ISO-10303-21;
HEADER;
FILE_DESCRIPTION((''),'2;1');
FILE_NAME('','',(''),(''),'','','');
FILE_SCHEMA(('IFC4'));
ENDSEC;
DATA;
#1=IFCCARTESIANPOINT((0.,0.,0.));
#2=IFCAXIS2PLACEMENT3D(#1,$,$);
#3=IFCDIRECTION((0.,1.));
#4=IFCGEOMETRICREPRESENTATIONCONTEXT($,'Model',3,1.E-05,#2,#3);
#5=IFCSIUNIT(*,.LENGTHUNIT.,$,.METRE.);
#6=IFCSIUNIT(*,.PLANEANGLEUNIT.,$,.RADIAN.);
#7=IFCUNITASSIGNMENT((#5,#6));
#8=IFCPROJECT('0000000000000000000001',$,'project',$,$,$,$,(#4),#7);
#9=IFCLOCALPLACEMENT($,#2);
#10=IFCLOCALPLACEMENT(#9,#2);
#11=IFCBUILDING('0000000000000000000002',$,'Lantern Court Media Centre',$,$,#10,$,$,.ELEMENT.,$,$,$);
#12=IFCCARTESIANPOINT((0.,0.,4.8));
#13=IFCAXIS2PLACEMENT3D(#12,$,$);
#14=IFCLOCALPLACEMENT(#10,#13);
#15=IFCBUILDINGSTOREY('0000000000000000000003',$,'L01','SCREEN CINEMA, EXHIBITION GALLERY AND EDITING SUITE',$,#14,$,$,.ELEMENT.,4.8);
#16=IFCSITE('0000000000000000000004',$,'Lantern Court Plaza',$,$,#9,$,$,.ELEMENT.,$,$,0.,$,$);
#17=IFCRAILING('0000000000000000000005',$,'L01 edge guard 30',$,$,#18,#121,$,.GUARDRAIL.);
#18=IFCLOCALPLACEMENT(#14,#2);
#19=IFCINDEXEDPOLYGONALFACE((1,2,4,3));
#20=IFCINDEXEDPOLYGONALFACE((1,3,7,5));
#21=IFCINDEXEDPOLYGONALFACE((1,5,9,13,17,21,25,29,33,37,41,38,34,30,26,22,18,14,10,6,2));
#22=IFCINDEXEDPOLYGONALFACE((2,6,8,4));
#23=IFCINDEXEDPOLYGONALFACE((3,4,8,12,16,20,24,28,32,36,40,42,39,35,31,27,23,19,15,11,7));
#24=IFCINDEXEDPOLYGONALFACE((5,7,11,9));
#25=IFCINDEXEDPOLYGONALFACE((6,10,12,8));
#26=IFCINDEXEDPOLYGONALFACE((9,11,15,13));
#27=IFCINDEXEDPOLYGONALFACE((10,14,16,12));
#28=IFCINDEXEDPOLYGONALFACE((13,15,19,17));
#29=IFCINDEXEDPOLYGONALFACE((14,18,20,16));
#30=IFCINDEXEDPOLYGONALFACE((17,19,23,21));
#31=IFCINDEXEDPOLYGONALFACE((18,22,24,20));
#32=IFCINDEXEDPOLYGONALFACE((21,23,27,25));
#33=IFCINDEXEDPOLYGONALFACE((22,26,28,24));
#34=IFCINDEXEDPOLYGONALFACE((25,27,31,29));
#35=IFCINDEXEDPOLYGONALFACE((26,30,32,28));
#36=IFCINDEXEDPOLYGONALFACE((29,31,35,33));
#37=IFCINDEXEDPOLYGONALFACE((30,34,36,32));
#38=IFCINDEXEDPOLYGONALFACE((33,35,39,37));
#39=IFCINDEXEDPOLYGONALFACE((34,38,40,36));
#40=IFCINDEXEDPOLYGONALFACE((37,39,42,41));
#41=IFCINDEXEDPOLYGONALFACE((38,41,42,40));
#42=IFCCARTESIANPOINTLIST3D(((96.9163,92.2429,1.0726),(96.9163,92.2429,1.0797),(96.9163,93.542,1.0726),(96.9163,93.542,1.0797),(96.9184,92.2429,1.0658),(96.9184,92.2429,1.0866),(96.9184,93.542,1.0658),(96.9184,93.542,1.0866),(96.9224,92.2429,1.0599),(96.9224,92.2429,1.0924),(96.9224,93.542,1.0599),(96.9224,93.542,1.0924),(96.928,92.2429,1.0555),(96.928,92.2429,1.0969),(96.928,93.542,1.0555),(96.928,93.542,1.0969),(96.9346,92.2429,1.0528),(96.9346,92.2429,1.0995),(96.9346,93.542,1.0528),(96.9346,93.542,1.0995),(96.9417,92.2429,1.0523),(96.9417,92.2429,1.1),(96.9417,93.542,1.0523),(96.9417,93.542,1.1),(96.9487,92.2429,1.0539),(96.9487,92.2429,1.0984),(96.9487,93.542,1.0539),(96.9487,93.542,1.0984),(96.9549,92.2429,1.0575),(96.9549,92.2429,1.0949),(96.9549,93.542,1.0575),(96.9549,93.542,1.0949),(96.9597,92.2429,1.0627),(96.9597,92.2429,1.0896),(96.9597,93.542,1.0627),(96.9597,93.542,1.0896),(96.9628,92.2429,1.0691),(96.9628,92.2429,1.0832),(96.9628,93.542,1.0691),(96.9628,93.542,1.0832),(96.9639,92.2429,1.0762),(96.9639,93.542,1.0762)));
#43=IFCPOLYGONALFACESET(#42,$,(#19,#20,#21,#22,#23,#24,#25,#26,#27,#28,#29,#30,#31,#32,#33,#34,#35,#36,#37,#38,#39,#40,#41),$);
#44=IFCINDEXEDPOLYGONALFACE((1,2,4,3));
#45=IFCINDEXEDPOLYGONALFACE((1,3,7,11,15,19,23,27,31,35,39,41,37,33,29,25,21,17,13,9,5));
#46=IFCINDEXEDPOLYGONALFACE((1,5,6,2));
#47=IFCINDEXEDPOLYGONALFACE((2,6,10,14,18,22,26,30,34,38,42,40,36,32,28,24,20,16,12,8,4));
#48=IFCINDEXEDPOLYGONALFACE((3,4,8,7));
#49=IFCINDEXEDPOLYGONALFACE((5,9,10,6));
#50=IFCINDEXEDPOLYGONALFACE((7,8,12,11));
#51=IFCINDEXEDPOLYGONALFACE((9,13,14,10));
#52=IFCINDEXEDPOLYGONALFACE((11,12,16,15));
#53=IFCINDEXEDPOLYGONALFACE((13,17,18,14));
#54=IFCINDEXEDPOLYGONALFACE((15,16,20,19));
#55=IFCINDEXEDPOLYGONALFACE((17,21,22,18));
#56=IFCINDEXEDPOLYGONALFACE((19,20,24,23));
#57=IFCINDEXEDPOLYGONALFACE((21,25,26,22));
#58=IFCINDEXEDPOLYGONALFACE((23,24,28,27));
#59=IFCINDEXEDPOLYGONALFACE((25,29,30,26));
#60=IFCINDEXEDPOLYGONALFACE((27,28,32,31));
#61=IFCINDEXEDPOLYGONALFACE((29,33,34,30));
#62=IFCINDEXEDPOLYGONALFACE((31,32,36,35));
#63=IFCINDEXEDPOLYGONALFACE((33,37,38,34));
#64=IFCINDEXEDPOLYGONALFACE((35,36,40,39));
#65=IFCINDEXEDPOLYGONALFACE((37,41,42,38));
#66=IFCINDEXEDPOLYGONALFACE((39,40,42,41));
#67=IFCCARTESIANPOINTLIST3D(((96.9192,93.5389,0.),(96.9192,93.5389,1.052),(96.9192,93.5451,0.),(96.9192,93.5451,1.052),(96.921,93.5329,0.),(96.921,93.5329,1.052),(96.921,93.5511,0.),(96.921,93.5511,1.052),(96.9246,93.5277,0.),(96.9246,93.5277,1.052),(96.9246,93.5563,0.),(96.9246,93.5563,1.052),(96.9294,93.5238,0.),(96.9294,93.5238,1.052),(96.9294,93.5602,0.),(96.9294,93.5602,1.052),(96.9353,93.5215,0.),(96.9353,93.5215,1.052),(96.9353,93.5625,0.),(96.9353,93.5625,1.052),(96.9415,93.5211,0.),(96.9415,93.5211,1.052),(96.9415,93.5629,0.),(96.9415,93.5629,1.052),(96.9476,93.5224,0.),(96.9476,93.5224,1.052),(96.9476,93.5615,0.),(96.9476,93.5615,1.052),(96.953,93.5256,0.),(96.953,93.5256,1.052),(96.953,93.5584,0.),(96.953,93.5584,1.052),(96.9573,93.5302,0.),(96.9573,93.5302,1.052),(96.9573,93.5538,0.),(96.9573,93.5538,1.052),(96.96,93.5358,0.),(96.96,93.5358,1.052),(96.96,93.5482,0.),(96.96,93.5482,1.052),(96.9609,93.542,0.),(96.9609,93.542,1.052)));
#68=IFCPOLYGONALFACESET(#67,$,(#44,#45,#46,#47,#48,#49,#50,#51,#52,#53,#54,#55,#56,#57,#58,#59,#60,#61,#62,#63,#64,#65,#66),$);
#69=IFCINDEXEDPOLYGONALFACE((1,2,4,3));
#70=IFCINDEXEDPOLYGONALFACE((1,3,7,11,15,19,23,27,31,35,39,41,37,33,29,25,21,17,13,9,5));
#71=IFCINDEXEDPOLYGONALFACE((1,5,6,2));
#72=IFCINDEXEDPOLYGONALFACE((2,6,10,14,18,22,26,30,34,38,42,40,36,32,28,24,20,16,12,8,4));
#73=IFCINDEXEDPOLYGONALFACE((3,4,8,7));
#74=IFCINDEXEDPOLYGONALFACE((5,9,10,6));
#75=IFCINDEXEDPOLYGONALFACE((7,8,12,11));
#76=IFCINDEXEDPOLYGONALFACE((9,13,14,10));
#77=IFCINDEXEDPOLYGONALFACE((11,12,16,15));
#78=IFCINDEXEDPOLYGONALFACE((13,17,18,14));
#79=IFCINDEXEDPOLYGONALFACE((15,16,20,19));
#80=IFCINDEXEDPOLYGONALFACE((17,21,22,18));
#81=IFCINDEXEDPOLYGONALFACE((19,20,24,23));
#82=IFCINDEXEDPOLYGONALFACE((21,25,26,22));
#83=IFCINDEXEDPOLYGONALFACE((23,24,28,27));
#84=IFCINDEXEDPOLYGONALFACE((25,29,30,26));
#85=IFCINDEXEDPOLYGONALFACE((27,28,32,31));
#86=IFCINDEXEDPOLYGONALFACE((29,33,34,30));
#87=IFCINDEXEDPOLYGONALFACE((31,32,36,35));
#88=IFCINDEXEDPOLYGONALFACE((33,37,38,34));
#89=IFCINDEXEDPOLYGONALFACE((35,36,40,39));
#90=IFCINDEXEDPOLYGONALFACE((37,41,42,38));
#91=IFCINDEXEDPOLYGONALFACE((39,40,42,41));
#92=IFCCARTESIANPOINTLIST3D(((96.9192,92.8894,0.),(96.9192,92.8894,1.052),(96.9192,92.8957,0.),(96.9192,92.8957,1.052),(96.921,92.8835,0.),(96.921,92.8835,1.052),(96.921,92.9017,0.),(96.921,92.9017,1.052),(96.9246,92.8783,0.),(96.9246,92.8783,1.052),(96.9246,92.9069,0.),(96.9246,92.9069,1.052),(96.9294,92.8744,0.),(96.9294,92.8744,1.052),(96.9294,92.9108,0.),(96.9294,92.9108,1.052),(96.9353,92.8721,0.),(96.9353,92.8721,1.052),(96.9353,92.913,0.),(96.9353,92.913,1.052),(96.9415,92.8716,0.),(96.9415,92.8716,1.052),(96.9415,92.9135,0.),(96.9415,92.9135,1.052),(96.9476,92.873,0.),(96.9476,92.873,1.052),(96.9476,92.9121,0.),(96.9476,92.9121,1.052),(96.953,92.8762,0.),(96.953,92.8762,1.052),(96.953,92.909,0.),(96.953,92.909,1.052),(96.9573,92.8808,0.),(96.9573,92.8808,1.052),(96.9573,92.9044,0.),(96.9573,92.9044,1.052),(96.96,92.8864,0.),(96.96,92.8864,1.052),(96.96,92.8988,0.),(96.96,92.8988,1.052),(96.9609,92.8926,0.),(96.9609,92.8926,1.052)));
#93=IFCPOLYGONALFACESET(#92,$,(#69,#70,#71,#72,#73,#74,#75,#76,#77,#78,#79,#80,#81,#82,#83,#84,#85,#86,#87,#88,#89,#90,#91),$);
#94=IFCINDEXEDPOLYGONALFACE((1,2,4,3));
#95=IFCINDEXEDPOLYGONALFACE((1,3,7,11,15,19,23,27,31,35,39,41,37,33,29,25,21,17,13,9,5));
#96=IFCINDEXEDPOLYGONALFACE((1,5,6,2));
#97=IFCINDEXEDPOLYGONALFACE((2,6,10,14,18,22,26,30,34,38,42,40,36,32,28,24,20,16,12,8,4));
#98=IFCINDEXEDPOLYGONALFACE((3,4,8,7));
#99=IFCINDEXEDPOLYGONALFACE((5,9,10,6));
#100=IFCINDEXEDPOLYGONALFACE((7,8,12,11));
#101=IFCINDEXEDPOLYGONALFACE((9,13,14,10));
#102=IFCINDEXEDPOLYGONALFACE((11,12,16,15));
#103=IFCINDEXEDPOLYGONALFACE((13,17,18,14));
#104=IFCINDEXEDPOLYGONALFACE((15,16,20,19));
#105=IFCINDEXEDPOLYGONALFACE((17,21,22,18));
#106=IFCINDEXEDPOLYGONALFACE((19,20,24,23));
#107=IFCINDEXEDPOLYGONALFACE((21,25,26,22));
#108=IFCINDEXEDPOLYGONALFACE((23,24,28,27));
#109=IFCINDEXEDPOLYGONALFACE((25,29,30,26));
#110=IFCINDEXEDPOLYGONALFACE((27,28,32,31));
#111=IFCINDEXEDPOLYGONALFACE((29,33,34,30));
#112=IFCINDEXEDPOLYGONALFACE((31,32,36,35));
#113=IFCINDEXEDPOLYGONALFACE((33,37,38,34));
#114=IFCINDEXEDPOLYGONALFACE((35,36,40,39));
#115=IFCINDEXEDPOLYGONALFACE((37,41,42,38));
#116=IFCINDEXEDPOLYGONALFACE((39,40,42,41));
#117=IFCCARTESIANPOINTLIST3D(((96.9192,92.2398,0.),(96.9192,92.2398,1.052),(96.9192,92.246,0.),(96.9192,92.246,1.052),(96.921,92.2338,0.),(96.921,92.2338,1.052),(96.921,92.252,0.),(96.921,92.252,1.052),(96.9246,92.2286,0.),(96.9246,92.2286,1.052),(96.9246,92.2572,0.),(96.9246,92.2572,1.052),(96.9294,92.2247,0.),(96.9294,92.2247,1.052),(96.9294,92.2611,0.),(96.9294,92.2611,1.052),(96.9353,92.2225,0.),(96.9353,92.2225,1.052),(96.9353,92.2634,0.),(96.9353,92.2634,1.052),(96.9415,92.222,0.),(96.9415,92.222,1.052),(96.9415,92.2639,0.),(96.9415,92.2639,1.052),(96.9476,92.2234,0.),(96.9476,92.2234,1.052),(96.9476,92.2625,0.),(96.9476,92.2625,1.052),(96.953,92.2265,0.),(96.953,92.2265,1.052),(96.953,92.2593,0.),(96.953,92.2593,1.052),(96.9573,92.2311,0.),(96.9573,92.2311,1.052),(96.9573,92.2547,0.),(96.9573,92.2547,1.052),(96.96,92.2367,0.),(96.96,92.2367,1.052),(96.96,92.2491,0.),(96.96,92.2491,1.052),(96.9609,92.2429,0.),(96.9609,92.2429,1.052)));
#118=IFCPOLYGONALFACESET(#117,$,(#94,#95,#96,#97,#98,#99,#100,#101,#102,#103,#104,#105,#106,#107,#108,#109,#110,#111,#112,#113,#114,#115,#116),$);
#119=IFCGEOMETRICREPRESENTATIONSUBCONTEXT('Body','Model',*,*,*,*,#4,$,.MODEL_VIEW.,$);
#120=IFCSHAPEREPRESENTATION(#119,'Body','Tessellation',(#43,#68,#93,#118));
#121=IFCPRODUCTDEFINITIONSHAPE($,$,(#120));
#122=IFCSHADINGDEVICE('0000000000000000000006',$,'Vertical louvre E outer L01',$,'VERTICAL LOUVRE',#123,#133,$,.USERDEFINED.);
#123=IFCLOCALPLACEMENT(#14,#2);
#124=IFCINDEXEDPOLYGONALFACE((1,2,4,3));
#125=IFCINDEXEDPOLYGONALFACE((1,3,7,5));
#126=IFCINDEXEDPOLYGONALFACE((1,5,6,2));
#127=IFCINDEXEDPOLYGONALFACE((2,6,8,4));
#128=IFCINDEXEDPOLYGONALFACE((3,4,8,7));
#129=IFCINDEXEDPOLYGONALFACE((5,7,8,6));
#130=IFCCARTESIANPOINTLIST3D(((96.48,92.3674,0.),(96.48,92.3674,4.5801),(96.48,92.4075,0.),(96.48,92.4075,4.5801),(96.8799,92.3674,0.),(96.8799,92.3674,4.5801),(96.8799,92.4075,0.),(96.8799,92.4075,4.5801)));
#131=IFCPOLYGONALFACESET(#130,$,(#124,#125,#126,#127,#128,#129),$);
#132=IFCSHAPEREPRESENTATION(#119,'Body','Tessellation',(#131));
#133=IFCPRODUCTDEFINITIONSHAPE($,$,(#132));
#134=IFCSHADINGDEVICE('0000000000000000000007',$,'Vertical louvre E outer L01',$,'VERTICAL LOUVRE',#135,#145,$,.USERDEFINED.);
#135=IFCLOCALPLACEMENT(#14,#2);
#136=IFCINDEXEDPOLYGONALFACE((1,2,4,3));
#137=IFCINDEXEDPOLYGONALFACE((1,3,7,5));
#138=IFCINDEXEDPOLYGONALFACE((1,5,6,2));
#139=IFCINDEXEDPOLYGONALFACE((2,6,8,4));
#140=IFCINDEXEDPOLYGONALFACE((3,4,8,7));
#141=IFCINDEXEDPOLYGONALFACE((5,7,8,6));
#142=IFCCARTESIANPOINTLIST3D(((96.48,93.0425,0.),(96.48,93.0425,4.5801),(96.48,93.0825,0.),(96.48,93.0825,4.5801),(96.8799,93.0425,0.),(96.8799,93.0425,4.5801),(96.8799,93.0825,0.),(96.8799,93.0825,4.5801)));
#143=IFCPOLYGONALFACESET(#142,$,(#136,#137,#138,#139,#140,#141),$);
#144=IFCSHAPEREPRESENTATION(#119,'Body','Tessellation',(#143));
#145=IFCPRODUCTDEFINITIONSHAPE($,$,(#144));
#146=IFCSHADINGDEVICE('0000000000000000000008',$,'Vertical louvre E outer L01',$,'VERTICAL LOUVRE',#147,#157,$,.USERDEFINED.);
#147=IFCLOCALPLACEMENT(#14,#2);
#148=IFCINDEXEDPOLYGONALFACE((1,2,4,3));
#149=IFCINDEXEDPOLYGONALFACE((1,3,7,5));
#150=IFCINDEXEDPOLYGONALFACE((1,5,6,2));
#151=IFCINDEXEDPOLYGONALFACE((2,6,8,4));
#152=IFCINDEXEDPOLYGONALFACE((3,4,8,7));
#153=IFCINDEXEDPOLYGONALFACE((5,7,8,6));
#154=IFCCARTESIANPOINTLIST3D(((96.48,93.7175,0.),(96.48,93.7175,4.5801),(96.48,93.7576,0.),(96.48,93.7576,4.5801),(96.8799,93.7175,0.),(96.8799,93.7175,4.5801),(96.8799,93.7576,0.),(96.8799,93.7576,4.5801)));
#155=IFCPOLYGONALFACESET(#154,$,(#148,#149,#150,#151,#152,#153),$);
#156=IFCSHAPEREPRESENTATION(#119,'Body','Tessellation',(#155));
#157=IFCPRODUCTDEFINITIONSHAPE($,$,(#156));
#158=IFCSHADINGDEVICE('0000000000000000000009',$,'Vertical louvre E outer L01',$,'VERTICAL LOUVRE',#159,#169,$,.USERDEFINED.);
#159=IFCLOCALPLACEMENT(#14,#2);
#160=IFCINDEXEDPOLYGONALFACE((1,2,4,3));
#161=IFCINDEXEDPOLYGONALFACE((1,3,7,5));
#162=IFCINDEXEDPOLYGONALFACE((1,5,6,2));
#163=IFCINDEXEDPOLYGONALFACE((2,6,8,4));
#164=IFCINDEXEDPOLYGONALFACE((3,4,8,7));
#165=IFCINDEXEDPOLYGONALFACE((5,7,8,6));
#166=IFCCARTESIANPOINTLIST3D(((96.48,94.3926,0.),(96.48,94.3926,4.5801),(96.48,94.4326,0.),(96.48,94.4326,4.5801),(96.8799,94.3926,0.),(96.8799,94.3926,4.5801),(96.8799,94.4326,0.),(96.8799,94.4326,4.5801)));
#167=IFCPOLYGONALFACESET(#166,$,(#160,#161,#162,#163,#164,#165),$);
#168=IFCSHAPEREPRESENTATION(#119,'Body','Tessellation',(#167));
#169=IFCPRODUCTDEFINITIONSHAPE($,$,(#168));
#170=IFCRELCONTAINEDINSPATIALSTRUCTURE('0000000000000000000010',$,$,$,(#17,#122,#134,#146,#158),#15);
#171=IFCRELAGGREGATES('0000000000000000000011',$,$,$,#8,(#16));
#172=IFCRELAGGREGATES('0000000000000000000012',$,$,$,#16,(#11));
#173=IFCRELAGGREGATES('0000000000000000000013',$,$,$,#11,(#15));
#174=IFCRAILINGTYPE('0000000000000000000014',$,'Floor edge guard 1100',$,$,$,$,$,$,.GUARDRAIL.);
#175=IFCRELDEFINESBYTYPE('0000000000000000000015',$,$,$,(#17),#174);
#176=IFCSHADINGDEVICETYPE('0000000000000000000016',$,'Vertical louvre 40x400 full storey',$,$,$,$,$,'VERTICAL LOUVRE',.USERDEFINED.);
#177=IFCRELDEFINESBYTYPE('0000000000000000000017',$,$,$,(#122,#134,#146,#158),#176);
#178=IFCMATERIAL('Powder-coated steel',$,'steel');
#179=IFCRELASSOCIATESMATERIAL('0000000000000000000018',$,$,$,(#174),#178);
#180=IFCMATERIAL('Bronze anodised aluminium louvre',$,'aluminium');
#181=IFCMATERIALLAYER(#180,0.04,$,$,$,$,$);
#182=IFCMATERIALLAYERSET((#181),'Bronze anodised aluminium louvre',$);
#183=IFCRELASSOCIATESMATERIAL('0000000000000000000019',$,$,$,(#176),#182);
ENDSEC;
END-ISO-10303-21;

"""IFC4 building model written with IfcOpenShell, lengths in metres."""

from ifc_helpers import new_model, si_unit, direction, frame, origin, origin_2d, place, context, subcontext, project, spatial, rectangle, circle, extrude, material, layer, layer_set, type_object, element, save


model = new_model("IFC4")

# Units and contexts
model_context = context("Model", 3, precision=1e-05, world=origin(), true_north=direction((0.0, 1.0)))
body_context = subcontext(model_context, "Body", "Model", "MODEL_VIEW")
ifc_project = project(units=[si_unit("LENGTHUNIT", "METRE"), si_unit("PLANEANGLEUNIT", "RADIAN")], contexts=[model_context])

# Site, building, storey
site_placement = place(None, origin())
site = spatial("IfcSite", under=ifc_project, at=site_placement, Name="Lantern Court Plaza", CompositionType="ELEMENT", RefElevation=0.0)
building_placement = place(site_placement, origin())
building = spatial("IfcBuilding", under=site, at=building_placement, Name="Lantern Court Media Centre", CompositionType="ELEMENT")
storey_placement = place(building_placement, frame((0.0, 0.0, 4.8)))
storey = spatial("IfcBuildingStorey", under=building, at=storey_placement, Name="L01", Description="SCREEN CINEMA, EXHIBITION GALLERY AND EDITING SUITE", CompositionType="ELEMENT", Elevation=4.8)

# Railing
ifc_material_1 = material(Name="Powder-coated steel", Category="steel")
railing_type = type_object("IfcRailingType", Name="Floor edge guard 1100", PredefinedType="GUARDRAIL", material=ifc_material_1)
railing_1_placement = place(storey_placement, frame((96.9399, 93.542, 0.0)))
element("IfcRailing", 1, at=railing_1_placement, inside=storey, type_object=railing_type, Name="L01 edge guard 30", PredefinedType="GUARDRAIL", context=body_context, shape_type="SweptSolid", body=[
    extrude(circle(Radius=0.0239, at=origin_2d()), frame((0.0, 0.0, 1.0762), z_axis=(0.0, -1.0, 0.0), x_axis=(1.0, 0.0, 0.0)), (0.0, 0.0, 1.0), 1.2991),
    extrude(circle(Radius=0.021, at=origin_2d()), origin(), (0.0, 0.0, 1.0), 1.052),
    extrude(circle(Radius=0.021, at=origin_2d()), frame((0.0, -0.6494, 0.0)), (0.0, 0.0, 1.0), 1.052),
    extrude(circle(Radius=0.021, at=origin_2d()), frame((0.0, -1.2991, 0.0)), (0.0, 0.0, 1.0), 1.052),
])

# Shading devices
ifc_material_2 = material(Name="Bronze anodised aluminium louvre", Category="aluminium")
ifc_layer_1 = layer(ifc_material_2, 0.04)
ifc_layer_set_1 = layer_set([ifc_layer_1], Name="Bronze anodised aluminium louvre")
shading_device_type = type_object("IfcShadingDeviceType", Name="Vertical louvre 40x400 full storey", ElementType="VERTICAL LOUVRE", PredefinedType="USERDEFINED", material=ifc_layer_set_1)
for number, where, z_axis, x_axis, name in (
    (2, (96.6799, 92.3875, 0.0), (0.0, 0.0, 1.0), (1.0, 0.0, 0.0), "Vertical louvre E outer L01"),
    (3, (96.6799, 93.0625, 0.0), (0.0, 0.0, 1.0), (1.0, 0.0, 0.0), "Vertical louvre E outer L01"),
    (4, (96.6799, 93.7375, 0.0), (0.0, 0.0, 1.0), (1.0, 0.0, 0.0), "Vertical louvre E outer L01"),
    (5, (96.6799, 94.4126, 0.0), (0.0, 0.0, 1.0), (1.0, 0.0, 0.0), "Vertical louvre E outer L01"),
):
    element("IfcShadingDevice", number, at=place(storey_placement, frame(where, z_axis=z_axis, x_axis=x_axis)), inside=storey, type_object=shading_device_type, Name=name, ObjectType="VERTICAL LOUVRE", PredefinedType="USERDEFINED", context=body_context, shape_type="SweptSolid", body=[
        extrude(rectangle(XDim=0.3999, YDim=0.04, at=origin_2d()), origin(), (0.0, 0.0, 1.0), 4.5801),
    ])

save(model, "model.ifc")
